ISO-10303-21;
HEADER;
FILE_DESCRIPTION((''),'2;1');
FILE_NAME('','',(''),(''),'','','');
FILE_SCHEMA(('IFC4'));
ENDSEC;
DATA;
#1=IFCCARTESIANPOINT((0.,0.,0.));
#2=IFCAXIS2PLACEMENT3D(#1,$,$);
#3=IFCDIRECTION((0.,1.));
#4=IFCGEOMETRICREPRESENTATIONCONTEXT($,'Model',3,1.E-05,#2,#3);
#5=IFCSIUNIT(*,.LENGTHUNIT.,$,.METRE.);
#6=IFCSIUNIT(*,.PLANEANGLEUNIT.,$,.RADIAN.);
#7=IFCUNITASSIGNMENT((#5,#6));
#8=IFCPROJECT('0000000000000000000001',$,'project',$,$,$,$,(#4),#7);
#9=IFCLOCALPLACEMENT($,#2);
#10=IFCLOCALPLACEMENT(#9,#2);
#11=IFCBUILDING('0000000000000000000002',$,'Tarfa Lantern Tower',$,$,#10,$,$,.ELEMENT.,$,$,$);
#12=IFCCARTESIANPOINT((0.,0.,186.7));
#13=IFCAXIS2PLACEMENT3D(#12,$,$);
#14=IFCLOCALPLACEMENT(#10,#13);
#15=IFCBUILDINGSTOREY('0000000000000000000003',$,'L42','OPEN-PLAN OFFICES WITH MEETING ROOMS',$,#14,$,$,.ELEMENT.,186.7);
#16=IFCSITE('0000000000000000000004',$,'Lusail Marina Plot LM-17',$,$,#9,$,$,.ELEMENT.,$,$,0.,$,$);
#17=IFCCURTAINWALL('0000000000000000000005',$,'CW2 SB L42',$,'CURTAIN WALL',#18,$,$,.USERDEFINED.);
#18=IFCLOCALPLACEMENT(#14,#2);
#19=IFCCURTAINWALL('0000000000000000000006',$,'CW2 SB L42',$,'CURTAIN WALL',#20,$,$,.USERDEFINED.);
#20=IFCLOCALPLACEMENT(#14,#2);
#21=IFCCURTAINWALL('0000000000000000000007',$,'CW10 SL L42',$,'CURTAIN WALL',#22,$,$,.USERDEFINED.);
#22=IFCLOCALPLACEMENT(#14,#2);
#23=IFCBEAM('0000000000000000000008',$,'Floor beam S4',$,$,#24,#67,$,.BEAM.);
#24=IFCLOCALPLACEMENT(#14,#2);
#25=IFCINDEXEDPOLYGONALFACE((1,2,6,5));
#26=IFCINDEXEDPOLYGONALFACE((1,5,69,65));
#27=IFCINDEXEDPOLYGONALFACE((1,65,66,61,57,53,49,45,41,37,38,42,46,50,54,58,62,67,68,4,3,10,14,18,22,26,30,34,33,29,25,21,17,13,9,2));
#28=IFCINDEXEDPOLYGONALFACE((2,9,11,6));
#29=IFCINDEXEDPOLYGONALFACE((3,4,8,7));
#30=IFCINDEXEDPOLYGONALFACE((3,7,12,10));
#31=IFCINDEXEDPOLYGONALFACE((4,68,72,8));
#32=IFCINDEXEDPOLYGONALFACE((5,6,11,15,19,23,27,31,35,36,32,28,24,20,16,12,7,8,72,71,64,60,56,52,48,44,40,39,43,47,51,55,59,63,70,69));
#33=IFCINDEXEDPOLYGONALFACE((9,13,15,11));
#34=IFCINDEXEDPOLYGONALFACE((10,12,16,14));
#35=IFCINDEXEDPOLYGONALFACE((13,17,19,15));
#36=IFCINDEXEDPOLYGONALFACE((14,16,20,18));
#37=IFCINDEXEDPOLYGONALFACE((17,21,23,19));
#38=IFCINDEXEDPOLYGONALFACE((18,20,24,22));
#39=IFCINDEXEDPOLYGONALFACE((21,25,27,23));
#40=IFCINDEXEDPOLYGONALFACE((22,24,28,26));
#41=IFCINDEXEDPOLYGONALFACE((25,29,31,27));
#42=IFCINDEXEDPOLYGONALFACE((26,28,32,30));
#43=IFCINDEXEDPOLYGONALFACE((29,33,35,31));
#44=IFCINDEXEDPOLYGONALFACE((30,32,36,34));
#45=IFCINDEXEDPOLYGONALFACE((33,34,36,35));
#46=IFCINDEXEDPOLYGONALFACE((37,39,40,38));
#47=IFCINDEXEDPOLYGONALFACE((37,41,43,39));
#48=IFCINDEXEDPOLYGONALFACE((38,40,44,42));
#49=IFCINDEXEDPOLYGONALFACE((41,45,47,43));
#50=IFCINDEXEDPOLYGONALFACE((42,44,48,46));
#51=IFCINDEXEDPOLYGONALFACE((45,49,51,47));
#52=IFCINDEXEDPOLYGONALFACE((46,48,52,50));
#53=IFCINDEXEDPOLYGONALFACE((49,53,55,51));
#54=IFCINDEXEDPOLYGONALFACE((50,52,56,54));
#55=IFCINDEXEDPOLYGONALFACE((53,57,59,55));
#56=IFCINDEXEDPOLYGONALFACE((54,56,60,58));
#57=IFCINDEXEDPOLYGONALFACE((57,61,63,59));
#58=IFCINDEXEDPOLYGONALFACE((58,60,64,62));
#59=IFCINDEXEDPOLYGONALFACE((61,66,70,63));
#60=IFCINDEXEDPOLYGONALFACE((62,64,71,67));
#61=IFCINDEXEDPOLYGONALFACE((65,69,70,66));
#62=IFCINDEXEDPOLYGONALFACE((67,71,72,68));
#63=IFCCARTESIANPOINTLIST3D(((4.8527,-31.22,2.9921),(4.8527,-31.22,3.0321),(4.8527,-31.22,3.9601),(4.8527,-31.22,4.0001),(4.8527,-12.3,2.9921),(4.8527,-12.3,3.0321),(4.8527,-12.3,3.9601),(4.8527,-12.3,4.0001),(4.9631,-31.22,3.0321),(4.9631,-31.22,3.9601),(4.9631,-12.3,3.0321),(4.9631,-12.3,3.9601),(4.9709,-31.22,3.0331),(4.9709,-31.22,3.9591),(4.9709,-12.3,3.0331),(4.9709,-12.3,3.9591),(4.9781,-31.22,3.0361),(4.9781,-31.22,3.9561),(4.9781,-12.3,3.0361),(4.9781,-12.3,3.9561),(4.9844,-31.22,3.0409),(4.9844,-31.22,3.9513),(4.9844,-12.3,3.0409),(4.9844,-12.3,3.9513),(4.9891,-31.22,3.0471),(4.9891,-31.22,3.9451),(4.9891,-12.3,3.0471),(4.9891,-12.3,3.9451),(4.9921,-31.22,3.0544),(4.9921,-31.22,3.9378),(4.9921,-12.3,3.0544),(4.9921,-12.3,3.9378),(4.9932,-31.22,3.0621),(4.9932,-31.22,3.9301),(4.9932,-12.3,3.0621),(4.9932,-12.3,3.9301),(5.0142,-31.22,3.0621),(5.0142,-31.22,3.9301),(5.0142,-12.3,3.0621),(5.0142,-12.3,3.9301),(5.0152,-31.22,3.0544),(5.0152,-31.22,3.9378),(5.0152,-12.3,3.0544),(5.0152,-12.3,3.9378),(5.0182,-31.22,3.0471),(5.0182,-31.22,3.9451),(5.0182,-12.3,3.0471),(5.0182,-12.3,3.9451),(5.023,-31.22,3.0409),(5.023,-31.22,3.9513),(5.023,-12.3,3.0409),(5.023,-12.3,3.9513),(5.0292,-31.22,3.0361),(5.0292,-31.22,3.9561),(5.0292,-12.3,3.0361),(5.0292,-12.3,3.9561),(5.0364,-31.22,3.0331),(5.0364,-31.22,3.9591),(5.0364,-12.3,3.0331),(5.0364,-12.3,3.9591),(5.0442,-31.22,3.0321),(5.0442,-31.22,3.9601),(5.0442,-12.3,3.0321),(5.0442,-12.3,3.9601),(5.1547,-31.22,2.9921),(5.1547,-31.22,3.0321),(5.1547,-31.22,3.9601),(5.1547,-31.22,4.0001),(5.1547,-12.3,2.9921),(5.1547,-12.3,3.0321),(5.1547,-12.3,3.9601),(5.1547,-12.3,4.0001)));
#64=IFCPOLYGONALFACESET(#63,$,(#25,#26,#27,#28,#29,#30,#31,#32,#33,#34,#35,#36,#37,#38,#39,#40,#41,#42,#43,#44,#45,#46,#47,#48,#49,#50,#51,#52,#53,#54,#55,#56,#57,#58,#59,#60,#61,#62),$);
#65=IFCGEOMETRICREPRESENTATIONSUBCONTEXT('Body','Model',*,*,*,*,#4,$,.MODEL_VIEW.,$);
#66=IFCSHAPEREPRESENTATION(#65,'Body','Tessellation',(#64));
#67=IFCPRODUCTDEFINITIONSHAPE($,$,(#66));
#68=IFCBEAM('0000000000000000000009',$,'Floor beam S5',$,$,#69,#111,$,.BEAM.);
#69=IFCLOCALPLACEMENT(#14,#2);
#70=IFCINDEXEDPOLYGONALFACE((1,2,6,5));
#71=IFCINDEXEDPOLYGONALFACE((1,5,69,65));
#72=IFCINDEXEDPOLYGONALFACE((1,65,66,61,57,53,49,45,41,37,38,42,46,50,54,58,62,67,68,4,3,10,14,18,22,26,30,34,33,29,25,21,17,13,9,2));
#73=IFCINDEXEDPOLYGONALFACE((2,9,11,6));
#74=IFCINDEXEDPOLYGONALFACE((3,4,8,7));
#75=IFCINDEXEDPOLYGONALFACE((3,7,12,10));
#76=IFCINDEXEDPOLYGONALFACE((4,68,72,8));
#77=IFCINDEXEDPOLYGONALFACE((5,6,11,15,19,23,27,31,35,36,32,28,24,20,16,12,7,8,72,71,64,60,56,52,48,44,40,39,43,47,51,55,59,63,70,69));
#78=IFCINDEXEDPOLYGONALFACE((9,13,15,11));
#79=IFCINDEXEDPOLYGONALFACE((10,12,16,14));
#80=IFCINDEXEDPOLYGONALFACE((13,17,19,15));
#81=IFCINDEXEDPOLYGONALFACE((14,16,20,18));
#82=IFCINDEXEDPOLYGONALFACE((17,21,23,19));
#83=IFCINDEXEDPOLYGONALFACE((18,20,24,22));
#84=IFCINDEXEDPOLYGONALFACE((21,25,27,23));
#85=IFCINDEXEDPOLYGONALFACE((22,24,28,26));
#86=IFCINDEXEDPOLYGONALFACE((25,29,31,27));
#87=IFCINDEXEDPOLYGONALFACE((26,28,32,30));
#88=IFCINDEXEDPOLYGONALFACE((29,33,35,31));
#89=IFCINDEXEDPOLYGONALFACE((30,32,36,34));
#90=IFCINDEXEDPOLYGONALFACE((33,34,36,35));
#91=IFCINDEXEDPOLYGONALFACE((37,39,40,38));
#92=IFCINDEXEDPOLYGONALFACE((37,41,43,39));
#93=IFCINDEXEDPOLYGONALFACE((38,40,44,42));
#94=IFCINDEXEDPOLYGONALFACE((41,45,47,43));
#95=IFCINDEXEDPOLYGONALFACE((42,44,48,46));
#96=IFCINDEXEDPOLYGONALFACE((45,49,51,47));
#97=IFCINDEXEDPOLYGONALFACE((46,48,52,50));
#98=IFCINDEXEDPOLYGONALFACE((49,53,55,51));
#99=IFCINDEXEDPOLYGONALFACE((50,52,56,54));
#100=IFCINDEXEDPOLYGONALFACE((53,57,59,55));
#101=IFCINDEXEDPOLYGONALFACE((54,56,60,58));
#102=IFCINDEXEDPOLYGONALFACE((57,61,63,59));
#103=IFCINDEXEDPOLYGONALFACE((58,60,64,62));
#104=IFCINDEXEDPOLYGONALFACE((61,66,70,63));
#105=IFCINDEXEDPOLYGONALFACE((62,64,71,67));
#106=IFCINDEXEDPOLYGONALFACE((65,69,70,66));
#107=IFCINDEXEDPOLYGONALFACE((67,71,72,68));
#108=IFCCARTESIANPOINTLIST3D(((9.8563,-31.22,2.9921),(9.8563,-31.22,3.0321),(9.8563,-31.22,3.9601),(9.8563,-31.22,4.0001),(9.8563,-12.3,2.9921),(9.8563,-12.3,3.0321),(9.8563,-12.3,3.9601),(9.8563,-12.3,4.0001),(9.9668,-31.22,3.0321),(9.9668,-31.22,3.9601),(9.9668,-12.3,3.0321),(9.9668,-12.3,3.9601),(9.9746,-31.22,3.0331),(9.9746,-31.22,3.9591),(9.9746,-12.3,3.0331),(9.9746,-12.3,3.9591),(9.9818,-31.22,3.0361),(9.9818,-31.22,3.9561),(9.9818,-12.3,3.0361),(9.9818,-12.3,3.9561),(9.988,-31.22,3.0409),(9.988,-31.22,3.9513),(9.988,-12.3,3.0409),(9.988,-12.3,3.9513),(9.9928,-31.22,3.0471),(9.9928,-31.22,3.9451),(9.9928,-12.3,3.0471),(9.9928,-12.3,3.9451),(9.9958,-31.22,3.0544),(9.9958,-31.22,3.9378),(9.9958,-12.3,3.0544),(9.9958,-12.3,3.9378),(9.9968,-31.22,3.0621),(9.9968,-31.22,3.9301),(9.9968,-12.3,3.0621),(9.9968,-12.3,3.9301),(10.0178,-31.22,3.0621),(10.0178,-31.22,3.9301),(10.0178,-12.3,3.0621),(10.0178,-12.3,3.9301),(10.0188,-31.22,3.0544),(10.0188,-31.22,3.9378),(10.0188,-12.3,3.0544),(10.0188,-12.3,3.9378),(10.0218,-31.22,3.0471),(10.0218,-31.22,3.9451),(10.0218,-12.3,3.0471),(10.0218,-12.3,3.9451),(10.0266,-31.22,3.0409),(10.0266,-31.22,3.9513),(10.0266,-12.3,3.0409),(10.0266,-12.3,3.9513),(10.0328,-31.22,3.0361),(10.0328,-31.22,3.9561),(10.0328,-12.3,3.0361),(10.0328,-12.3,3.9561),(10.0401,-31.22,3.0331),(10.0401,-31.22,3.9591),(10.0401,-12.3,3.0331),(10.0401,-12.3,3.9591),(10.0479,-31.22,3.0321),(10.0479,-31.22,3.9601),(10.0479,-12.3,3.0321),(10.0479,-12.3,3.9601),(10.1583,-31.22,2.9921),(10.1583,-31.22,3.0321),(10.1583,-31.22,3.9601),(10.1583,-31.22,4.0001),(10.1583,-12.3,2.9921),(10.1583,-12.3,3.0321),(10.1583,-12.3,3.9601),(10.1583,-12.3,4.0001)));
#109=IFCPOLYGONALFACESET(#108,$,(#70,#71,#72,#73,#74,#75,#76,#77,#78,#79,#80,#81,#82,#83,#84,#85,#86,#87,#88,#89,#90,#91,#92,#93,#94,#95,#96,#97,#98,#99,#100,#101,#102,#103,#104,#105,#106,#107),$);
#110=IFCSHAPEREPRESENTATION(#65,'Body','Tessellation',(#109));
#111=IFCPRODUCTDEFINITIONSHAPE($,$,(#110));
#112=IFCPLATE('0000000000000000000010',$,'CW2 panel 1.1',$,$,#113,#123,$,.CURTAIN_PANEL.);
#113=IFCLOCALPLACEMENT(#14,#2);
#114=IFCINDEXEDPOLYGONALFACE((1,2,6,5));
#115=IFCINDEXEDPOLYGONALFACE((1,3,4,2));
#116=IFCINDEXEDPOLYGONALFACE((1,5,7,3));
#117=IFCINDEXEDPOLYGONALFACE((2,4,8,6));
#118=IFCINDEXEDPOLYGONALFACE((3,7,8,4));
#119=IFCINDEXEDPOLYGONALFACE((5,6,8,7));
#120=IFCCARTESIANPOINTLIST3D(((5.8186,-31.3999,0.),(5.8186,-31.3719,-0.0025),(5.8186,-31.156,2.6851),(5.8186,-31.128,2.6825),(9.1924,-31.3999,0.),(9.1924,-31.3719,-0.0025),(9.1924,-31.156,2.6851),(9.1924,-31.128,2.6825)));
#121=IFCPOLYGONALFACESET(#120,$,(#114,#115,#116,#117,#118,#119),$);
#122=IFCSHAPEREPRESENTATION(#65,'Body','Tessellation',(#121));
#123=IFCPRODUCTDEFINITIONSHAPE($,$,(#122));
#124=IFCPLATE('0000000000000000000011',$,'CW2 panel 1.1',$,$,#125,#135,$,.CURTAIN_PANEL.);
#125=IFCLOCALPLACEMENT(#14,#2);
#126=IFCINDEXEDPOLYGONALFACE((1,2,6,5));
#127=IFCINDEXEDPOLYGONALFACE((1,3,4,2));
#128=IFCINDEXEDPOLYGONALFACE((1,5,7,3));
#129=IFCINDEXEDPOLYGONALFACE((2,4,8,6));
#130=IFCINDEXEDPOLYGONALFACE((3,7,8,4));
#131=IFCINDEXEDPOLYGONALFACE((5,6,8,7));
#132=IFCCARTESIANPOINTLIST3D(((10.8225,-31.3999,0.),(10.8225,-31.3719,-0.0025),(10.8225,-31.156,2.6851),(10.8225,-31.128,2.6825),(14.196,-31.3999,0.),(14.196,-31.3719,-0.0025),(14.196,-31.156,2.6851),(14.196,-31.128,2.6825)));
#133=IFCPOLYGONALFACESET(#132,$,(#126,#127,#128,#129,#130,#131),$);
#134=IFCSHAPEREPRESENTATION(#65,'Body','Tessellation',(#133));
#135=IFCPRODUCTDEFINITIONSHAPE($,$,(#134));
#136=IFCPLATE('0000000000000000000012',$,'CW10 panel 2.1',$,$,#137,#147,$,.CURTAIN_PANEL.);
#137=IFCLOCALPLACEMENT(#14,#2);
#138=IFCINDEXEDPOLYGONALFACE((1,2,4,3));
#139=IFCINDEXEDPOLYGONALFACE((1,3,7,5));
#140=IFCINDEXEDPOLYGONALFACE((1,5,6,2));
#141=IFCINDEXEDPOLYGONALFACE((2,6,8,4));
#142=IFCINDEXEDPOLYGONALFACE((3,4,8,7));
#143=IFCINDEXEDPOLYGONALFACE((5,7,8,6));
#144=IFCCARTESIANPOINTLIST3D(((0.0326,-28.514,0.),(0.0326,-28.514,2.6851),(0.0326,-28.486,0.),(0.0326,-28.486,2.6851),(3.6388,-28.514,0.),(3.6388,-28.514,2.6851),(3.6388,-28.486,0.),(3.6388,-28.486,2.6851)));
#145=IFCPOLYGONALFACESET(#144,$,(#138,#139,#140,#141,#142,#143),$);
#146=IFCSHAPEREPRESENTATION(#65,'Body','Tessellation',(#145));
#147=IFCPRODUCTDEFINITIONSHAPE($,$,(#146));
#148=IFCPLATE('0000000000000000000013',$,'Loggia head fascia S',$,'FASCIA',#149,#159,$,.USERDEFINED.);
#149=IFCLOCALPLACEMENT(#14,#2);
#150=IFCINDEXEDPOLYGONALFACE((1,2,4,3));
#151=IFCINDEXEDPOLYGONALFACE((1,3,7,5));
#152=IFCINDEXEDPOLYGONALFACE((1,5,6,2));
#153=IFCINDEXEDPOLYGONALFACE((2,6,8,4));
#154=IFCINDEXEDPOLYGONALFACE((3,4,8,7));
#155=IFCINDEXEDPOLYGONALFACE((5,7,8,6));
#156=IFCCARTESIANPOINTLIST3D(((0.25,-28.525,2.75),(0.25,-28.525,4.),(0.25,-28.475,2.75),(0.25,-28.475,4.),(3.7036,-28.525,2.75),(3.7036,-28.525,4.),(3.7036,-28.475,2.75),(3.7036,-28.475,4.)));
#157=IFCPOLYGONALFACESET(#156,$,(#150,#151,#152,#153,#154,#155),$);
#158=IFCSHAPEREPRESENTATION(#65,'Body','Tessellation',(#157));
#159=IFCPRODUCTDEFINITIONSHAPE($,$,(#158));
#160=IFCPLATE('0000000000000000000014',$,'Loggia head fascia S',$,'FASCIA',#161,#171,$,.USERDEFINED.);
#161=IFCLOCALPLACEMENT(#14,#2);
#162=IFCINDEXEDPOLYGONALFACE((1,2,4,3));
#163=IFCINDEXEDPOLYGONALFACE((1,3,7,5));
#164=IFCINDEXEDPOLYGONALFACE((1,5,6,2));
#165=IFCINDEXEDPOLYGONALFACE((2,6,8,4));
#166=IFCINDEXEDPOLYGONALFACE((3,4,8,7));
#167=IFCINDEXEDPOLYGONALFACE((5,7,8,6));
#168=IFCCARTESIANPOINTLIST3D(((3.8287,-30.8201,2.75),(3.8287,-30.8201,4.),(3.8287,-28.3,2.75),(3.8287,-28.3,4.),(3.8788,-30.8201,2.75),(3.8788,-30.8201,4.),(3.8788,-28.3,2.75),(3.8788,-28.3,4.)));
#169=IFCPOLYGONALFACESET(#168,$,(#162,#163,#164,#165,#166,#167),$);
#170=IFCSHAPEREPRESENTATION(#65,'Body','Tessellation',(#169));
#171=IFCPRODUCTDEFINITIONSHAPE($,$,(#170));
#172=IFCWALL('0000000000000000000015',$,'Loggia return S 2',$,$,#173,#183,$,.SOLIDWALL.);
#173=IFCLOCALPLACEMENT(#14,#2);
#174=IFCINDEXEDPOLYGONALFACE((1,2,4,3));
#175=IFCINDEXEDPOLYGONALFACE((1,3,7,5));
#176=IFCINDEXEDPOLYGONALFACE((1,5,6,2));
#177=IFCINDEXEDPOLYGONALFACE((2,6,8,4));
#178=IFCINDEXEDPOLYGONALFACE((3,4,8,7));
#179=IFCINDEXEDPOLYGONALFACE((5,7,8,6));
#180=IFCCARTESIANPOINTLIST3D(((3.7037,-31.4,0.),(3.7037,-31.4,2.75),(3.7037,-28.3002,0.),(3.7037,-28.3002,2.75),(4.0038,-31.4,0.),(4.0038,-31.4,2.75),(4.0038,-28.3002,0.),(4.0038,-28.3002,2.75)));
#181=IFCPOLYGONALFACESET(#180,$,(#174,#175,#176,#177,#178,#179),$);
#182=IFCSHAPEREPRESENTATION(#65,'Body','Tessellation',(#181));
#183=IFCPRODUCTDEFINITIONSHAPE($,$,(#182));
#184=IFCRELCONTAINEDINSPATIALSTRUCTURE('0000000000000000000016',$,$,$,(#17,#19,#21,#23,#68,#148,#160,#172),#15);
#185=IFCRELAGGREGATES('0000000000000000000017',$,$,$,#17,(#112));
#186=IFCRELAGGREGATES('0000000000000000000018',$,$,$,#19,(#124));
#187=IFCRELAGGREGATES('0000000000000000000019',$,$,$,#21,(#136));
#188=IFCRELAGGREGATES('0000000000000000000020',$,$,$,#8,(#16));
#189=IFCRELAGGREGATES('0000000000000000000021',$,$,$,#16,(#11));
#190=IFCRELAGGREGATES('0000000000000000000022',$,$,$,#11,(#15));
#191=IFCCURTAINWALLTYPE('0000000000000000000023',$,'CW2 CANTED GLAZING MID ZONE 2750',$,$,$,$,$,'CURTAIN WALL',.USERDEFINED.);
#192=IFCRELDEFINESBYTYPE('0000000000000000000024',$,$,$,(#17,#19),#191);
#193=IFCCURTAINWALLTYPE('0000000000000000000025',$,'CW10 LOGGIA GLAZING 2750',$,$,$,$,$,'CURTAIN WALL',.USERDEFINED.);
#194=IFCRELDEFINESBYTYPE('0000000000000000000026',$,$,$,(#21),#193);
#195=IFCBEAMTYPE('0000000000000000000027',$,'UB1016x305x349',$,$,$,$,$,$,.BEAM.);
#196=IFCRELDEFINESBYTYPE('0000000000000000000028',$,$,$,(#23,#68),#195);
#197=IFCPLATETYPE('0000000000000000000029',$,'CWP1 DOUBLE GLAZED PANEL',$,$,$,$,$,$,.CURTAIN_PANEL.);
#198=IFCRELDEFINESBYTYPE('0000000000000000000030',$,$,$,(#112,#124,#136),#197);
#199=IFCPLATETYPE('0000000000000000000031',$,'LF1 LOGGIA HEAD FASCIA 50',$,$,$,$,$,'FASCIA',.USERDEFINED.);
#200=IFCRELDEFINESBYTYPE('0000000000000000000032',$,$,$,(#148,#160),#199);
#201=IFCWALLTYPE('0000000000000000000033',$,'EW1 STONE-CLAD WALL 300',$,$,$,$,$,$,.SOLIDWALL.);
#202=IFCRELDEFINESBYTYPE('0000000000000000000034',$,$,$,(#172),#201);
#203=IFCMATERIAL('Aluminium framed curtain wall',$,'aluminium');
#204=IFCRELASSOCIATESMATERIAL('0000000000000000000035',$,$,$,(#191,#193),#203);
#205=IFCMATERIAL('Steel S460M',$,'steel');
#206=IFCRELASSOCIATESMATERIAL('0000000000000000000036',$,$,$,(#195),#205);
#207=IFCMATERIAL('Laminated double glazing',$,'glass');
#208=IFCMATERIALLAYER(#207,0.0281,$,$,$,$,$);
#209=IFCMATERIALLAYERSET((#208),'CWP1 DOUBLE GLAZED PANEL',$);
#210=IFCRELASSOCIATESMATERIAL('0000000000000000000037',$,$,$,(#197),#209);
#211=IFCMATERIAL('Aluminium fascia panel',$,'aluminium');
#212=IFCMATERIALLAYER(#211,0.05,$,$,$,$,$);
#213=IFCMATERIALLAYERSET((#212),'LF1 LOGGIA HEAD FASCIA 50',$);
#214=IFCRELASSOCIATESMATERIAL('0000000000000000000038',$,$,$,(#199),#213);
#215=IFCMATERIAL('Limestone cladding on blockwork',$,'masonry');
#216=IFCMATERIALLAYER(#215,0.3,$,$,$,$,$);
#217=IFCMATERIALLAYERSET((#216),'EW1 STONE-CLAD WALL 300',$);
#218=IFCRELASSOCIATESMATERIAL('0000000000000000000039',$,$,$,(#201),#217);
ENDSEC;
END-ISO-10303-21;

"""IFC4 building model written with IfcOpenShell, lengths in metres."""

from ifc_helpers import new_model, si_unit, direction, frame, frame_2d, origin, origin_2d, place, context, subcontext, project, spatial, polyline, rectangle, i_section, outline, extrude, material, layer, layer_set, material_profile, profile_set, type_object, element, aggregate, save


model = new_model("IFC4")

# Units and contexts
model_context = context("Model", 3, precision=1e-05, world=origin(), true_north=direction((0.0, 1.0)))
body_context = subcontext(model_context, "Body", "Model", "MODEL_VIEW")
ifc_project = project(units=[si_unit("LENGTHUNIT", "METRE"), si_unit("PLANEANGLEUNIT", "RADIAN")], contexts=[model_context])

# Site, building, storey
site_placement = place(None, origin())
site = spatial("IfcSite", under=ifc_project, at=site_placement, Name="Lusail Marina Plot LM-17", CompositionType="ELEMENT", RefElevation=0.0)
building_placement = place(site_placement, origin())
building = spatial("IfcBuilding", under=site, at=building_placement, Name="Tarfa Lantern Tower", CompositionType="ELEMENT")
storey_placement = place(building_placement, frame((0.0, 0.0, 186.7)))
storey = spatial("IfcBuildingStorey", under=building, at=storey_placement, Name="L42", Description="OPEN-PLAN OFFICES WITH MEETING ROOMS", CompositionType="ELEMENT", Elevation=186.7)

# Curtain wall
ifc_material_1 = material(Name="Aluminium framed curtain wall", Category="aluminium")
curtain_wall_type_1 = type_object("IfcCurtainWallType", Name="CW2 CANTED GLAZING MID ZONE 2750", ElementType="CURTAIN WALL", PredefinedType="USERDEFINED", material=ifc_material_1)
curtain_wall_1_placement = place(storey_placement, origin())
curtain_wall_1 = element("IfcCurtainWall", 1, at=curtain_wall_1_placement, inside=storey, type_object=curtain_wall_type_1, Name="CW2 SB L42", ObjectType="CURTAIN WALL", PredefinedType="USERDEFINED")

# Curtain walls
curtain_wall_2_placement = place(storey_placement, origin())
curtain_wall_2 = element("IfcCurtainWall", 2, at=curtain_wall_2_placement, inside=storey, type_object=curtain_wall_type_1, Name="CW2 SB L42", ObjectType="CURTAIN WALL", PredefinedType="USERDEFINED")
curtain_wall_type_2 = type_object("IfcCurtainWallType", Name="CW10 LOGGIA GLAZING 2750", ElementType="CURTAIN WALL", PredefinedType="USERDEFINED", material=ifc_material_1)
curtain_wall_3_placement = place(storey_placement, origin())
curtain_wall_3 = element("IfcCurtainWall", 3, at=curtain_wall_3_placement, inside=storey, type_object=curtain_wall_type_2, Name="CW10 SL L42", ObjectType="CURTAIN WALL", PredefinedType="USERDEFINED")

# Beams
ifc_material_2 = material(Name="Steel S460M", Category="steel")
ifc_material_profile_1 = material_profile(ifc_material_2, i_section(OverallWidth=0.302, OverallDepth=1.0081, WebThickness=0.021, FlangeThickness=0.04, FilletRadius=0.03, at=origin_2d()), Name="UB1016x305x349")
ifc_profile_set_1 = profile_set([ifc_material_profile_1], Name="Steel S460M")
beam_type_1 = type_object("IfcBeamType", Name="UB1016x305x349", PredefinedType="BEAM", material=ifc_profile_set_1)
for number, where, z_axis, x_axis, name in (
    (4, (5.0037, -31.22, 3.4961), (0.0, 1.0, 0.0), (-1.0, 0.0, 0.0), "Floor beam S4"),
    (5, (10.0073, -31.22, 3.4961), (0.0, 1.0, 0.0), (-1.0, 0.0, 0.0), "Floor beam S5"),
):
    element("IfcBeam", number, at=place(storey_placement, frame(where, z_axis=z_axis, x_axis=x_axis)), inside=storey, type_object=beam_type_1, Name=name, PredefinedType="BEAM", context=body_context, shape_type="SweptSolid", body=[
        extrude(i_section(OverallWidth=0.302, OverallDepth=1.0081, WebThickness=0.021, FlangeThickness=0.04, FilletRadius=0.03, at=origin_2d()), origin(), (0.0, 0.0, 1.0), 18.9199),
    ])

# Plates
ifc_material_3 = material(Name="Laminated double glazing", Category="glass")
ifc_layer_1 = layer(ifc_material_3, 0.0281)
ifc_layer_set_1 = layer_set([ifc_layer_1], Name="CWP1 DOUBLE GLAZED PANEL")
plate_type_1 = type_object("IfcPlateType", Name="CWP1 DOUBLE GLAZED PANEL", PredefinedType="CURTAIN_PANEL", material=ifc_layer_set_1)
plate_1_placement = place(storey_placement, frame((5.8186, -31.3999, 0.0), z_axis=(0.0, -0.9959, 0.090462), x_axis=(1.0, 0.0, 0.0)))
plate_1 = element("IfcPlate", 6, at=plate_1_placement, type_object=plate_type_1, Name="CW2 panel 1.1", PredefinedType="CURTAIN_PANEL", context=body_context, shape_type="SweptSolid", body=[
    extrude(outline(polyline([(0.0, 0.0), (3.3738, 0.0), (3.3738, 2.6961), (0.0, 2.6961), (0.0, 0.0)])), origin(), (0.0, 0.0, -1.0), 0.0281),
])
aggregate(curtain_wall_1, [plate_1])
plate_2_placement = place(storey_placement, frame((10.8225, -31.3999, 0.0), z_axis=(0.0, -0.9959, 0.090462), x_axis=(1.0, 0.0, 0.0)))
plate_2 = element("IfcPlate", 7, at=plate_2_placement, type_object=plate_type_1, Name="CW2 panel 1.1", PredefinedType="CURTAIN_PANEL", context=body_context, shape_type="SweptSolid", body=[
    extrude(outline(polyline([(0.0, 0.0), (3.3735, 0.0), (3.3735, 2.6961), (0.0, 2.6961), (0.0, 0.0)])), origin(), (0.0, 0.0, -1.0), 0.0281),
])
aggregate(curtain_wall_2, [plate_2])
plate_3_placement = place(storey_placement, frame((1.8357, -28.5, 0.0), z_axis=(0.0, 0.0, 1.0), x_axis=(1.0, 0.0, 0.0)))
plate_3 = element("IfcPlate", 8, at=plate_3_placement, type_object=plate_type_1, Name="CW10 panel 2.1", PredefinedType="CURTAIN_PANEL", context=body_context, shape_type="SweptSolid", body=[
    extrude(rectangle(XDim=3.6062, YDim=0.0281, at=origin_2d()), origin(), (0.0, 0.0, 1.0), 2.6851),
])
aggregate(curtain_wall_3, [plate_3])

# Plates
ifc_material_4 = material(Name="Aluminium fascia panel", Category="aluminium")
ifc_layer_2 = layer(ifc_material_4, 0.05)
ifc_layer_set_2 = layer_set([ifc_layer_2], Name="LF1 LOGGIA HEAD FASCIA 50")
plate_type_2 = type_object("IfcPlateType", Name="LF1 LOGGIA HEAD FASCIA 50", ElementType="FASCIA", PredefinedType="USERDEFINED", material=ifc_layer_set_2)
plate_4_placement = place(storey_placement, frame((1.9768, -28.5, 2.75), z_axis=(0.0, 0.0, 1.0), x_axis=(1.0, 0.0, 0.0)))
element("IfcPlate", 9, at=plate_4_placement, inside=storey, type_object=plate_type_2, Name="Loggia head fascia S", ObjectType="FASCIA", PredefinedType="USERDEFINED", context=body_context, shape_type="SweptSolid", body=[
    extrude(rectangle(XDim=3.4536, YDim=0.05, at=origin_2d()), origin(), (0.0, 0.0, 1.0), 1.25),
])
plate_5_placement = place(storey_placement, frame((3.8538, -29.5601, 2.75), z_axis=(0.0, 0.0, 1.0), x_axis=(0.0, 1.0, 0.0)))
element("IfcPlate", 10, at=plate_5_placement, inside=storey, type_object=plate_type_2, Name="Loggia head fascia S", ObjectType="FASCIA", PredefinedType="USERDEFINED", context=body_context, shape_type="SweptSolid", body=[
    extrude(rectangle(XDim=2.52, YDim=0.05, at=origin_2d()), origin(), (0.0, 0.0, 1.0), 1.25),
])

# Wall
ifc_material_5 = material(Name="Limestone cladding on blockwork", Category="masonry")
ifc_layer_3 = layer(ifc_material_5, 0.3)
ifc_layer_set_3 = layer_set([ifc_layer_3], Name="EW1 STONE-CLAD WALL 300")
wall_type = type_object("IfcWallType", Name="EW1 STONE-CLAD WALL 300", PredefinedType="SOLIDWALL", material=ifc_layer_set_3)
wall_placement = place(storey_placement, frame((3.8538, -31.3999, 0.0), z_axis=(0.0, 0.0, 1.0), x_axis=(0.0, 1.0, 0.0)))
element("IfcWall", 11, at=wall_placement, inside=storey, type_object=wall_type, Name="Loggia return S 2", PredefinedType="SOLIDWALL", context=body_context, shape_type="SweptSolid", body=[
    extrude(rectangle(XDim=3.0999, YDim=0.3, at=frame_2d((1.5498, 0.0))), origin(), (0.0, 0.0, 1.0), 2.75),
])

save(model, "model.ifc")
